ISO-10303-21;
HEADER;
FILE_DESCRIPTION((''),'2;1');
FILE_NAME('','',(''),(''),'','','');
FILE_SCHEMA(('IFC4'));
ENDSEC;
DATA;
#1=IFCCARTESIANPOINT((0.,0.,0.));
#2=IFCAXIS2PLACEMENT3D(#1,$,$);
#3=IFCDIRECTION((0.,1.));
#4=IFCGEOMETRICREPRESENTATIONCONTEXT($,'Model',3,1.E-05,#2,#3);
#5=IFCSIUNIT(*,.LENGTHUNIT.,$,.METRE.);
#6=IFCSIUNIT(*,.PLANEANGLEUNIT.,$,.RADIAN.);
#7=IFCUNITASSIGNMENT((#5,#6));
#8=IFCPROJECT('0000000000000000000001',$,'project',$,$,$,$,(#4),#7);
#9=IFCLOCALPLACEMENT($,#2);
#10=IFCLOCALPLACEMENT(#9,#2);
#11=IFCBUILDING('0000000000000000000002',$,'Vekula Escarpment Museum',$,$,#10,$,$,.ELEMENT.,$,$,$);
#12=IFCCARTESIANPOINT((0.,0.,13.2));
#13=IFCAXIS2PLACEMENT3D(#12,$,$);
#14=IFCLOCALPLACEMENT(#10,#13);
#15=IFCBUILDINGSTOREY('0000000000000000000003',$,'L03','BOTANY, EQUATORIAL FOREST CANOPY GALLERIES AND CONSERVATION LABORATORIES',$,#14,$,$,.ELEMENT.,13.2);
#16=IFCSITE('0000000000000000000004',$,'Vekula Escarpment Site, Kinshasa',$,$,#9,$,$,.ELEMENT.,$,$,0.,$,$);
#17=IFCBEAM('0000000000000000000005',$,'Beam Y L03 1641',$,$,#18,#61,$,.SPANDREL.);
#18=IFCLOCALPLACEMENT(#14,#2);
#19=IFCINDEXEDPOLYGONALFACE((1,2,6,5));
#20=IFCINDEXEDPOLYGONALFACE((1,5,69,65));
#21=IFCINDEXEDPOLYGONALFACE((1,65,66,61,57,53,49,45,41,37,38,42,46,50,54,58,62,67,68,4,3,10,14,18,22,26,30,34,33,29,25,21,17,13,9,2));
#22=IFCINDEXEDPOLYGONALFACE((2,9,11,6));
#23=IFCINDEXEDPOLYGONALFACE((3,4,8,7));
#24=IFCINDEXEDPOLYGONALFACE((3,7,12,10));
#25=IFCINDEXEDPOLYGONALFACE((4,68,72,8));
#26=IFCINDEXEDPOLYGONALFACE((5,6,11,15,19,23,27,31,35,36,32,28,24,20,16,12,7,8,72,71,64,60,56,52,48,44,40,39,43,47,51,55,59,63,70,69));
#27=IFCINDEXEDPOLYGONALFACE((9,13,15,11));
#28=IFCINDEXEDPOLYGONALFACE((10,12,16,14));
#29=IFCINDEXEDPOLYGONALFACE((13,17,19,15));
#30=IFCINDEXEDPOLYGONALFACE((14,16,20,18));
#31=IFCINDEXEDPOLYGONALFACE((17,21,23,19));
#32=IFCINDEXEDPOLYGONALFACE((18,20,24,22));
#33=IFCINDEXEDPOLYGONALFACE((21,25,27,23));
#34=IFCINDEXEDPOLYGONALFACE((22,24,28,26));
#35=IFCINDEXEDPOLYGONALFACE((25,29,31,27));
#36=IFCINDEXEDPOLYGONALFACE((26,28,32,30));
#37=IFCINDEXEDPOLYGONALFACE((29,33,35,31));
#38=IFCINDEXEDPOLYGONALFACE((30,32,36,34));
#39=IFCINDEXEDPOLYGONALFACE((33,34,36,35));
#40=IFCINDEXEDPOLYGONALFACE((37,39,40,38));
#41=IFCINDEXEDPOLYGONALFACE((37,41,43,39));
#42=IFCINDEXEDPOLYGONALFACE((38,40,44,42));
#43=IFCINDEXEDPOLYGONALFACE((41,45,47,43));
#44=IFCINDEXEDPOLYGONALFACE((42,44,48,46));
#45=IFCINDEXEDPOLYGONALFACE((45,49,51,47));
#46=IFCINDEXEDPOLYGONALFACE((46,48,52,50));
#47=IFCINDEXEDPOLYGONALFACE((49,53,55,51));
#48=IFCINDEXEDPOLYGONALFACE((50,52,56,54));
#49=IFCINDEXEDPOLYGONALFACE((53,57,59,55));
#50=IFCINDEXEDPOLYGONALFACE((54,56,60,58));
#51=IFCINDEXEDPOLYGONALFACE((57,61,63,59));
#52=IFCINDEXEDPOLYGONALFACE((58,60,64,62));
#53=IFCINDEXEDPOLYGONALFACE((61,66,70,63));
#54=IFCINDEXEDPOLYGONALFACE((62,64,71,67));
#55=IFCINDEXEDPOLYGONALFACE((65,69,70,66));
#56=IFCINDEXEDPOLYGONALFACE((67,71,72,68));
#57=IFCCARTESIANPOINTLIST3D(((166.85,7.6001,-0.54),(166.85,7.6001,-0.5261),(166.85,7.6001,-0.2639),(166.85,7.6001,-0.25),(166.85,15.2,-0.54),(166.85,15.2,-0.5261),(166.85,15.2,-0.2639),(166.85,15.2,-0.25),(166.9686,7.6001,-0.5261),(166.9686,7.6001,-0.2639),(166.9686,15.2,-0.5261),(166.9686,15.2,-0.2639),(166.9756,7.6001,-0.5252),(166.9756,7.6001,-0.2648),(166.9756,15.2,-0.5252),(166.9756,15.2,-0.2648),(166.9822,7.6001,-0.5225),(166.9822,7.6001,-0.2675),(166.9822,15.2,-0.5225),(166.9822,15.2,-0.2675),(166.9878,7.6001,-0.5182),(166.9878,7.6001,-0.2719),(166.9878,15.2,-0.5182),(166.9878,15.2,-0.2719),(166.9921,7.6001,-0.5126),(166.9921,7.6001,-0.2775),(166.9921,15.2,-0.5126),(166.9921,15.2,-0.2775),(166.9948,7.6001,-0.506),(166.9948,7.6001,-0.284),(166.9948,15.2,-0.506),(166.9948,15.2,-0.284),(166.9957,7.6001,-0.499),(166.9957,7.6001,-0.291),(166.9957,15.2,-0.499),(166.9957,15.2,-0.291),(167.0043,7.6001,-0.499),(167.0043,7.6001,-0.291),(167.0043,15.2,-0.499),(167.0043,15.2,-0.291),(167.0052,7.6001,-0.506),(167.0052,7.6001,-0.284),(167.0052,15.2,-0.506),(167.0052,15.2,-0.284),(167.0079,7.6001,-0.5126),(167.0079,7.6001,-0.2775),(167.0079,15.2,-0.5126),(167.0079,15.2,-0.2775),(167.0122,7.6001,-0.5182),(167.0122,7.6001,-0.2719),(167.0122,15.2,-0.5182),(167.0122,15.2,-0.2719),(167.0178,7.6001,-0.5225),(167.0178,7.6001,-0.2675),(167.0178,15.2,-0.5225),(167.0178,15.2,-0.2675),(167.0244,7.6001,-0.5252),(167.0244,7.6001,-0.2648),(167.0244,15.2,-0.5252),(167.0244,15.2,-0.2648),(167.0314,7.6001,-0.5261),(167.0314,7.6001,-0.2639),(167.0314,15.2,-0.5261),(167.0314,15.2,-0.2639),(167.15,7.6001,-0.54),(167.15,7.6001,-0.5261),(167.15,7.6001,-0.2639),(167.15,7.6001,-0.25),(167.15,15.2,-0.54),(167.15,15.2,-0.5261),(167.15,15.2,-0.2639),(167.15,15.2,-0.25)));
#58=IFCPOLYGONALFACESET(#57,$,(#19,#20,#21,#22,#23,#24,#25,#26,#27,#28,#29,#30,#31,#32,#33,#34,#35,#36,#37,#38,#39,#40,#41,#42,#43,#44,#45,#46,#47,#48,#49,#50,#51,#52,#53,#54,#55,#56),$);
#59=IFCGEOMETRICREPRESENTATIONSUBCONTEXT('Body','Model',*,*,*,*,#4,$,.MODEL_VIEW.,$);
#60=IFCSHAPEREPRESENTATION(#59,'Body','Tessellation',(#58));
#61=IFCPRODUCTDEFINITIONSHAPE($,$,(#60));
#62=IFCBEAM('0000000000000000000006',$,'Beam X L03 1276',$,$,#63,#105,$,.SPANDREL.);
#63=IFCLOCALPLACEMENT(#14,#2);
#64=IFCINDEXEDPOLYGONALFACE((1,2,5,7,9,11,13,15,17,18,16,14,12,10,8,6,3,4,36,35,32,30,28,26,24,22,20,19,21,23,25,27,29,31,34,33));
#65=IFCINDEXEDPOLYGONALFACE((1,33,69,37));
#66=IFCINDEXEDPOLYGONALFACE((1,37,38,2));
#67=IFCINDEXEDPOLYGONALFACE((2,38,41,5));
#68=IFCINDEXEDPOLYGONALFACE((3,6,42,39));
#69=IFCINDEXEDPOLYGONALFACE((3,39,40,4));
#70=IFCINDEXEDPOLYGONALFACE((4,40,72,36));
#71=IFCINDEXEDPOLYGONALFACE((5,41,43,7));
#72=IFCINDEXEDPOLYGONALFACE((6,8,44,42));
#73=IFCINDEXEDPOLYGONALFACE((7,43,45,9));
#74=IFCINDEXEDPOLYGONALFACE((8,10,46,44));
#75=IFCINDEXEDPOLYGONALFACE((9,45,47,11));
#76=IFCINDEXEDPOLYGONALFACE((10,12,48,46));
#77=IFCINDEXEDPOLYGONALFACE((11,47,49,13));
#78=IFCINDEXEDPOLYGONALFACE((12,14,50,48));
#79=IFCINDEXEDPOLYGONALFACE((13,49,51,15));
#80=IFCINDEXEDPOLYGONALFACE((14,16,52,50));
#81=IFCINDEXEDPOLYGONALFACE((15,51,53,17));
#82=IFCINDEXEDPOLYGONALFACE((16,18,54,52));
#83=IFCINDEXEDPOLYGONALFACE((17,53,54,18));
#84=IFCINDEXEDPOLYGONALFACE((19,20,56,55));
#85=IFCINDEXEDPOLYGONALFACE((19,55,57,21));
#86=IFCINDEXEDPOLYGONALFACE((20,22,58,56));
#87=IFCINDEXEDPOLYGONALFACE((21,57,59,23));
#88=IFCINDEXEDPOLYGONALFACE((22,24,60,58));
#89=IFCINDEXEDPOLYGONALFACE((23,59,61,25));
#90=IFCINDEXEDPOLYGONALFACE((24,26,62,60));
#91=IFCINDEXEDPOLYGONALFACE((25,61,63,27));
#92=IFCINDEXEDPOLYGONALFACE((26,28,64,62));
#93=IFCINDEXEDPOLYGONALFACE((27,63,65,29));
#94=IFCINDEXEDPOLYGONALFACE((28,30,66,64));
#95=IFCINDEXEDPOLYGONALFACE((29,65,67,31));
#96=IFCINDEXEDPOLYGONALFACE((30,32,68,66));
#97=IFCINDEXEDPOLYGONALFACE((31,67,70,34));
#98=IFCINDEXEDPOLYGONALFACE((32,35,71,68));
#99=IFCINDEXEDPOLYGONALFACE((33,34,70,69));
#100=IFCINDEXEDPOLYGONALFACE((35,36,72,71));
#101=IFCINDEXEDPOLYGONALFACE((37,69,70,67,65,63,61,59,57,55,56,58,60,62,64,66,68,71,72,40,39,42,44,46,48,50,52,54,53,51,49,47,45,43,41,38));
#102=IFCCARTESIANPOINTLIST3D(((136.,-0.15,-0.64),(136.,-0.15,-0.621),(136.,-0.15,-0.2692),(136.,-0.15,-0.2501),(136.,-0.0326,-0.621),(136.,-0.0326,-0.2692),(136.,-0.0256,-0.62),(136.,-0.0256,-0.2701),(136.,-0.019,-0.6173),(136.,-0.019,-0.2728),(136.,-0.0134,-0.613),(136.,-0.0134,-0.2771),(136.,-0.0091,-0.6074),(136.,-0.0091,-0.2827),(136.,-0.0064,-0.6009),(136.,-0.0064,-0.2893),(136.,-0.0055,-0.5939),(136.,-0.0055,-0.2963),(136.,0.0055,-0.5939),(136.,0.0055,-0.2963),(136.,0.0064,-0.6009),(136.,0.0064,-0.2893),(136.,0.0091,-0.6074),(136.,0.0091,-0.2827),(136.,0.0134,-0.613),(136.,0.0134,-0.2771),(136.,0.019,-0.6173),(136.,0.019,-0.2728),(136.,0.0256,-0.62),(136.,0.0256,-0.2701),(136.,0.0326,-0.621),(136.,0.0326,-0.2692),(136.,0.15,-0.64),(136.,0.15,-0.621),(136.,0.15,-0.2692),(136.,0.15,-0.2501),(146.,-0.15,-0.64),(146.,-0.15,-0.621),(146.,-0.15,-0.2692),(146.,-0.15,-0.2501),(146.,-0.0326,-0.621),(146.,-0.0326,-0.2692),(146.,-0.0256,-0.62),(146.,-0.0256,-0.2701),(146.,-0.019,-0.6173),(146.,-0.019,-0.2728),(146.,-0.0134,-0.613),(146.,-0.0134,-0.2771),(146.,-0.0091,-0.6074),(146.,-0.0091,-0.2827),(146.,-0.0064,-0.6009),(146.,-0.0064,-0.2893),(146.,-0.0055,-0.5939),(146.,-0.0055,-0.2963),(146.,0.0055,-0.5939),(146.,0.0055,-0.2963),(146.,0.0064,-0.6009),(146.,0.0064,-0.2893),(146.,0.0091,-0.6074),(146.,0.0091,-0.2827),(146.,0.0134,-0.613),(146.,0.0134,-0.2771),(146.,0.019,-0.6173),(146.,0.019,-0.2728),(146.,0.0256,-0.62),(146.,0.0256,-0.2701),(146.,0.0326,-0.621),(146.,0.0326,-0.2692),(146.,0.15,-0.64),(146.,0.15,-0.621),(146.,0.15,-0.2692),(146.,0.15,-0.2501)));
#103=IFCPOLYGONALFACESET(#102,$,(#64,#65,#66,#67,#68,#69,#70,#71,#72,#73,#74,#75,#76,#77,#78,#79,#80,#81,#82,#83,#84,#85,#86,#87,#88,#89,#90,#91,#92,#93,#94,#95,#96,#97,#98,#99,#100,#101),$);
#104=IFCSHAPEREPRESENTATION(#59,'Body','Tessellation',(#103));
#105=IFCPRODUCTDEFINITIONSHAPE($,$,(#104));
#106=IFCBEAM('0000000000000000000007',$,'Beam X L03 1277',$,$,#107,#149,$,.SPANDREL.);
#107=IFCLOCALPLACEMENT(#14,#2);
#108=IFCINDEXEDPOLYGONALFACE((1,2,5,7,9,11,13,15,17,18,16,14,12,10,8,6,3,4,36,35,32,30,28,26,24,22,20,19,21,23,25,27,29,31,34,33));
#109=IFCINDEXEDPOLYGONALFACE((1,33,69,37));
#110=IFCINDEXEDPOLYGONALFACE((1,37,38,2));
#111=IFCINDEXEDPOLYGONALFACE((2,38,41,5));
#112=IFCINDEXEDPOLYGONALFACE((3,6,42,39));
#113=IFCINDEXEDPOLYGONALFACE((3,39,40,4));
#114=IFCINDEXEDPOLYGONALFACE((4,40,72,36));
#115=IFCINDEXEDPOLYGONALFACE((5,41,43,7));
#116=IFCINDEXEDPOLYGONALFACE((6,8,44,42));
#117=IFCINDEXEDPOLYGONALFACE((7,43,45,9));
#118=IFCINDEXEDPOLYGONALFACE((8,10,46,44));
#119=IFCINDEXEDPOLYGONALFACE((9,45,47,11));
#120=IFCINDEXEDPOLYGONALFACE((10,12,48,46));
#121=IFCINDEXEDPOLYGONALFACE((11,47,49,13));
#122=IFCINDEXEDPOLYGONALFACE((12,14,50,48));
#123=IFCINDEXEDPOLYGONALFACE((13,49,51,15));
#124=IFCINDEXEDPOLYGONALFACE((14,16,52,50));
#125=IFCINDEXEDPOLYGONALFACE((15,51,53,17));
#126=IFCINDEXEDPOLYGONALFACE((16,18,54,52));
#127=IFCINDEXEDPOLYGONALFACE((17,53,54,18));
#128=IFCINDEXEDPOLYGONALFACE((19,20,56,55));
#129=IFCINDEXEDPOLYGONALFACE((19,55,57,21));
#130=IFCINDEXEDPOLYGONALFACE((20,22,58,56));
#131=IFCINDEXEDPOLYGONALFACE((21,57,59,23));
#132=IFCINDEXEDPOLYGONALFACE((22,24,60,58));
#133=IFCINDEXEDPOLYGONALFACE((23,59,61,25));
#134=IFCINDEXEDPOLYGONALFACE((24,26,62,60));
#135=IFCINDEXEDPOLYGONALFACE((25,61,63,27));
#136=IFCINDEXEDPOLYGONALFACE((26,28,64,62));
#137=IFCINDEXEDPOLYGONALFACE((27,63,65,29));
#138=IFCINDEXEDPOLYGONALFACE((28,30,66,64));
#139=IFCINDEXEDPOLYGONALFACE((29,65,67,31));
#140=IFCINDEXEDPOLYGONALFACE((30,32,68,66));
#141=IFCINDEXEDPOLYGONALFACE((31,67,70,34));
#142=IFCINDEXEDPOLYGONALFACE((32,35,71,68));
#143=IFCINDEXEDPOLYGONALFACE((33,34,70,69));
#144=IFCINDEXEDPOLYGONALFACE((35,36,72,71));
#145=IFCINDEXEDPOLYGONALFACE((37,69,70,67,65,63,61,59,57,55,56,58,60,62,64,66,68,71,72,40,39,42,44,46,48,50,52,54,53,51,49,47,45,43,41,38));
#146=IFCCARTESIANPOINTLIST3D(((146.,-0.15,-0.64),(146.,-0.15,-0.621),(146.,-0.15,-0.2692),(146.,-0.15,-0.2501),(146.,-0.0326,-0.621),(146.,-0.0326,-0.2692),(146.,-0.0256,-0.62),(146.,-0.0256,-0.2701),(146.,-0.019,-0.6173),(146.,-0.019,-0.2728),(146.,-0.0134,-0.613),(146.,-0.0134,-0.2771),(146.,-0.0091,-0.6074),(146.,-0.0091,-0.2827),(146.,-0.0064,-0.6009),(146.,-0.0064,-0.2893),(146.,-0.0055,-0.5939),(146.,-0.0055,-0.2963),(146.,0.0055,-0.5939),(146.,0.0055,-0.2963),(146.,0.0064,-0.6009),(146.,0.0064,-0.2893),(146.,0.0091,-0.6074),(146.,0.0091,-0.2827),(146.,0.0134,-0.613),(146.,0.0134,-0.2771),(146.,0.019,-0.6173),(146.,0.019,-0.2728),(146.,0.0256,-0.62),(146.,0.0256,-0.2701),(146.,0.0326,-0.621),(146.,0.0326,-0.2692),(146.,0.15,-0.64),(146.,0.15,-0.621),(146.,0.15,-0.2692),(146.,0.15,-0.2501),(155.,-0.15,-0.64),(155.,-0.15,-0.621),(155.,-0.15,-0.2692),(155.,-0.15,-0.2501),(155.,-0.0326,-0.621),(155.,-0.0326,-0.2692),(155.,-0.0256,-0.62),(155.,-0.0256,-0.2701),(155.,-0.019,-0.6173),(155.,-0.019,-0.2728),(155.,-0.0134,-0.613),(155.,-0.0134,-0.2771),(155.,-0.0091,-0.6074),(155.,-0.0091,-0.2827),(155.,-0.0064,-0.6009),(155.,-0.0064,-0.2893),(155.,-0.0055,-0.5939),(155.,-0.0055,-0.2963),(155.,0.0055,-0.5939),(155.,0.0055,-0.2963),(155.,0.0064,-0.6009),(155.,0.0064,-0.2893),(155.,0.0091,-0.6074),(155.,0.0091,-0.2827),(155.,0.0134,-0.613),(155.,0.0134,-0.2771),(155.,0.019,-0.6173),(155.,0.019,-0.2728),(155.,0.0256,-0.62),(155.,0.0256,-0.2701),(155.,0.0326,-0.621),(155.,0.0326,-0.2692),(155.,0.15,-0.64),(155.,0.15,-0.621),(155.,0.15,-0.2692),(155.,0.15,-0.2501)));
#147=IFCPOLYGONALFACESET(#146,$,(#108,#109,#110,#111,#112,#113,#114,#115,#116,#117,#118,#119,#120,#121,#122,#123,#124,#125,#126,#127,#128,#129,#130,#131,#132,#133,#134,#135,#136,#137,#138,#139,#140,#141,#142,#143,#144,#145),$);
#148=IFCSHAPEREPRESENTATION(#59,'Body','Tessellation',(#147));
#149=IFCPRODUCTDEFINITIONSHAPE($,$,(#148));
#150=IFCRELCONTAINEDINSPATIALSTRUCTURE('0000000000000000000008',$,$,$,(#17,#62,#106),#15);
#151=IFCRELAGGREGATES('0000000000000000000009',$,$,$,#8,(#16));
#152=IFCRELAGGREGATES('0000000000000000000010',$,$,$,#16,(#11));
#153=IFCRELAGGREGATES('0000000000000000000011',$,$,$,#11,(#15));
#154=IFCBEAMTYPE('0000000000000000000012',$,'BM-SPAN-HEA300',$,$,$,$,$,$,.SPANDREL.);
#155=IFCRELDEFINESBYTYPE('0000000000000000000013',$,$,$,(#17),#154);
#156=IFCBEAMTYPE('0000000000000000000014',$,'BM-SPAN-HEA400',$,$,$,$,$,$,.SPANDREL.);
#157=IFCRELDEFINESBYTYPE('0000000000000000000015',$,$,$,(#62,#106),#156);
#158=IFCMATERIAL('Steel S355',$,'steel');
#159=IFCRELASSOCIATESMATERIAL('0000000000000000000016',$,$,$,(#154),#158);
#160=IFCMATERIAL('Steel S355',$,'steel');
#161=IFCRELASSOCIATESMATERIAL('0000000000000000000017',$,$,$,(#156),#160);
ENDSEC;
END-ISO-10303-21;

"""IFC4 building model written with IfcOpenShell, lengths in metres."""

from ifc_helpers import new_model, si_unit, direction, frame, origin, origin_2d, place, context, subcontext, project, spatial, i_section, extrude, material, material_profile, profile_set, type_object, element, save


model = new_model("IFC4")

# Units and contexts
model_context = context("Model", 3, precision=1e-05, world=origin(), true_north=direction((0.0, 1.0)))
body_context = subcontext(model_context, "Body", "Model", "MODEL_VIEW")
ifc_project = project(units=[si_unit("LENGTHUNIT", "METRE"), si_unit("PLANEANGLEUNIT", "RADIAN")], contexts=[model_context])

# Site, building, storey
site_placement = place(None, origin())
site = spatial("IfcSite", under=ifc_project, at=site_placement, Name="Vekula Escarpment Site, Kinshasa", CompositionType="ELEMENT", RefElevation=0.0)
building_placement = place(site_placement, origin())
building = spatial("IfcBuilding", under=site, at=building_placement, Name="Vekula Escarpment Museum", CompositionType="ELEMENT")
storey_placement = place(building_placement, frame((0.0, 0.0, 13.2)))
storey = spatial("IfcBuildingStorey", under=building, at=storey_placement, Name="L03", Description="BOTANY, EQUATORIAL FOREST CANOPY GALLERIES AND CONSERVATION LABORATORIES", CompositionType="ELEMENT", Elevation=13.2)

# Beams
ifc_material_1 = material(Name="Steel S355", Category="steel")
ifc_material_profile_1 = material_profile(ifc_material_1, i_section(OverallWidth=0.3, OverallDepth=0.29, WebThickness=0.0085, FlangeThickness=0.0139, FilletRadius=0.0271, at=origin_2d()), Name="HEA 300")
ifc_profile_set_1 = profile_set([ifc_material_profile_1], Name="Steel S355")
beam_type_1 = type_object("IfcBeamType", Name="BM-SPAN-HEA300", PredefinedType="SPANDREL", material=ifc_profile_set_1)
beam_1_placement = place(storey_placement, frame((167.0, 7.6001, -0.395), z_axis=(0.0, 1.0, 0.0), x_axis=(-1.0, 0.0, 0.0)))
element("IfcBeam", 1, at=beam_1_placement, inside=storey, type_object=beam_type_1, Name="Beam Y L03 1641", PredefinedType="SPANDREL", context=body_context, shape_type="SweptSolid", body=[
    extrude(i_section(OverallWidth=0.3, OverallDepth=0.29, WebThickness=0.0085, FlangeThickness=0.0139, FilletRadius=0.0271, at=origin_2d()), origin(), (0.0, 0.0, 1.0), 7.5999),
])
ifc_material_2 = material(Name="Steel S355", Category="steel")
ifc_material_profile_2 = material_profile(ifc_material_2, i_section(OverallWidth=0.3, OverallDepth=0.3899, WebThickness=0.011, FlangeThickness=0.019, FilletRadius=0.0271, at=origin_2d()), Name="HEA 400")
ifc_profile_set_2 = profile_set([ifc_material_profile_2], Name="Steel S355")
beam_type_2 = type_object("IfcBeamType", Name="BM-SPAN-HEA400", PredefinedType="SPANDREL", material=ifc_profile_set_2)
beam_2_placement = place(storey_placement, frame((136.0, 0.0, -0.4451), z_axis=(1.0, 0.0, 0.0), x_axis=(0.0, 1.0, 0.0)))
element("IfcBeam", 2, at=beam_2_placement, inside=storey, type_object=beam_type_2, Name="Beam X L03 1276", PredefinedType="SPANDREL", context=body_context, shape_type="SweptSolid", body=[
    extrude(i_section(OverallWidth=0.3, OverallDepth=0.3899, WebThickness=0.011, FlangeThickness=0.019, FilletRadius=0.0271, at=origin_2d()), origin(), (0.0, 0.0, 1.0), 10.0),
])
beam_3_placement = place(storey_placement, frame((146.0, 0.0, -0.4451), z_axis=(1.0, 0.0, 0.0), x_axis=(0.0, 1.0, 0.0)))
element("IfcBeam", 3, at=beam_3_placement, inside=storey, type_object=beam_type_2, Name="Beam X L03 1277", PredefinedType="SPANDREL", context=body_context, shape_type="SweptSolid", body=[
    extrude(i_section(OverallWidth=0.3, OverallDepth=0.3899, WebThickness=0.011, FlangeThickness=0.019, FilletRadius=0.0271, at=origin_2d()), origin(), (0.0, 0.0, 1.0), 9.0),
])

save(model, "model.ifc")
